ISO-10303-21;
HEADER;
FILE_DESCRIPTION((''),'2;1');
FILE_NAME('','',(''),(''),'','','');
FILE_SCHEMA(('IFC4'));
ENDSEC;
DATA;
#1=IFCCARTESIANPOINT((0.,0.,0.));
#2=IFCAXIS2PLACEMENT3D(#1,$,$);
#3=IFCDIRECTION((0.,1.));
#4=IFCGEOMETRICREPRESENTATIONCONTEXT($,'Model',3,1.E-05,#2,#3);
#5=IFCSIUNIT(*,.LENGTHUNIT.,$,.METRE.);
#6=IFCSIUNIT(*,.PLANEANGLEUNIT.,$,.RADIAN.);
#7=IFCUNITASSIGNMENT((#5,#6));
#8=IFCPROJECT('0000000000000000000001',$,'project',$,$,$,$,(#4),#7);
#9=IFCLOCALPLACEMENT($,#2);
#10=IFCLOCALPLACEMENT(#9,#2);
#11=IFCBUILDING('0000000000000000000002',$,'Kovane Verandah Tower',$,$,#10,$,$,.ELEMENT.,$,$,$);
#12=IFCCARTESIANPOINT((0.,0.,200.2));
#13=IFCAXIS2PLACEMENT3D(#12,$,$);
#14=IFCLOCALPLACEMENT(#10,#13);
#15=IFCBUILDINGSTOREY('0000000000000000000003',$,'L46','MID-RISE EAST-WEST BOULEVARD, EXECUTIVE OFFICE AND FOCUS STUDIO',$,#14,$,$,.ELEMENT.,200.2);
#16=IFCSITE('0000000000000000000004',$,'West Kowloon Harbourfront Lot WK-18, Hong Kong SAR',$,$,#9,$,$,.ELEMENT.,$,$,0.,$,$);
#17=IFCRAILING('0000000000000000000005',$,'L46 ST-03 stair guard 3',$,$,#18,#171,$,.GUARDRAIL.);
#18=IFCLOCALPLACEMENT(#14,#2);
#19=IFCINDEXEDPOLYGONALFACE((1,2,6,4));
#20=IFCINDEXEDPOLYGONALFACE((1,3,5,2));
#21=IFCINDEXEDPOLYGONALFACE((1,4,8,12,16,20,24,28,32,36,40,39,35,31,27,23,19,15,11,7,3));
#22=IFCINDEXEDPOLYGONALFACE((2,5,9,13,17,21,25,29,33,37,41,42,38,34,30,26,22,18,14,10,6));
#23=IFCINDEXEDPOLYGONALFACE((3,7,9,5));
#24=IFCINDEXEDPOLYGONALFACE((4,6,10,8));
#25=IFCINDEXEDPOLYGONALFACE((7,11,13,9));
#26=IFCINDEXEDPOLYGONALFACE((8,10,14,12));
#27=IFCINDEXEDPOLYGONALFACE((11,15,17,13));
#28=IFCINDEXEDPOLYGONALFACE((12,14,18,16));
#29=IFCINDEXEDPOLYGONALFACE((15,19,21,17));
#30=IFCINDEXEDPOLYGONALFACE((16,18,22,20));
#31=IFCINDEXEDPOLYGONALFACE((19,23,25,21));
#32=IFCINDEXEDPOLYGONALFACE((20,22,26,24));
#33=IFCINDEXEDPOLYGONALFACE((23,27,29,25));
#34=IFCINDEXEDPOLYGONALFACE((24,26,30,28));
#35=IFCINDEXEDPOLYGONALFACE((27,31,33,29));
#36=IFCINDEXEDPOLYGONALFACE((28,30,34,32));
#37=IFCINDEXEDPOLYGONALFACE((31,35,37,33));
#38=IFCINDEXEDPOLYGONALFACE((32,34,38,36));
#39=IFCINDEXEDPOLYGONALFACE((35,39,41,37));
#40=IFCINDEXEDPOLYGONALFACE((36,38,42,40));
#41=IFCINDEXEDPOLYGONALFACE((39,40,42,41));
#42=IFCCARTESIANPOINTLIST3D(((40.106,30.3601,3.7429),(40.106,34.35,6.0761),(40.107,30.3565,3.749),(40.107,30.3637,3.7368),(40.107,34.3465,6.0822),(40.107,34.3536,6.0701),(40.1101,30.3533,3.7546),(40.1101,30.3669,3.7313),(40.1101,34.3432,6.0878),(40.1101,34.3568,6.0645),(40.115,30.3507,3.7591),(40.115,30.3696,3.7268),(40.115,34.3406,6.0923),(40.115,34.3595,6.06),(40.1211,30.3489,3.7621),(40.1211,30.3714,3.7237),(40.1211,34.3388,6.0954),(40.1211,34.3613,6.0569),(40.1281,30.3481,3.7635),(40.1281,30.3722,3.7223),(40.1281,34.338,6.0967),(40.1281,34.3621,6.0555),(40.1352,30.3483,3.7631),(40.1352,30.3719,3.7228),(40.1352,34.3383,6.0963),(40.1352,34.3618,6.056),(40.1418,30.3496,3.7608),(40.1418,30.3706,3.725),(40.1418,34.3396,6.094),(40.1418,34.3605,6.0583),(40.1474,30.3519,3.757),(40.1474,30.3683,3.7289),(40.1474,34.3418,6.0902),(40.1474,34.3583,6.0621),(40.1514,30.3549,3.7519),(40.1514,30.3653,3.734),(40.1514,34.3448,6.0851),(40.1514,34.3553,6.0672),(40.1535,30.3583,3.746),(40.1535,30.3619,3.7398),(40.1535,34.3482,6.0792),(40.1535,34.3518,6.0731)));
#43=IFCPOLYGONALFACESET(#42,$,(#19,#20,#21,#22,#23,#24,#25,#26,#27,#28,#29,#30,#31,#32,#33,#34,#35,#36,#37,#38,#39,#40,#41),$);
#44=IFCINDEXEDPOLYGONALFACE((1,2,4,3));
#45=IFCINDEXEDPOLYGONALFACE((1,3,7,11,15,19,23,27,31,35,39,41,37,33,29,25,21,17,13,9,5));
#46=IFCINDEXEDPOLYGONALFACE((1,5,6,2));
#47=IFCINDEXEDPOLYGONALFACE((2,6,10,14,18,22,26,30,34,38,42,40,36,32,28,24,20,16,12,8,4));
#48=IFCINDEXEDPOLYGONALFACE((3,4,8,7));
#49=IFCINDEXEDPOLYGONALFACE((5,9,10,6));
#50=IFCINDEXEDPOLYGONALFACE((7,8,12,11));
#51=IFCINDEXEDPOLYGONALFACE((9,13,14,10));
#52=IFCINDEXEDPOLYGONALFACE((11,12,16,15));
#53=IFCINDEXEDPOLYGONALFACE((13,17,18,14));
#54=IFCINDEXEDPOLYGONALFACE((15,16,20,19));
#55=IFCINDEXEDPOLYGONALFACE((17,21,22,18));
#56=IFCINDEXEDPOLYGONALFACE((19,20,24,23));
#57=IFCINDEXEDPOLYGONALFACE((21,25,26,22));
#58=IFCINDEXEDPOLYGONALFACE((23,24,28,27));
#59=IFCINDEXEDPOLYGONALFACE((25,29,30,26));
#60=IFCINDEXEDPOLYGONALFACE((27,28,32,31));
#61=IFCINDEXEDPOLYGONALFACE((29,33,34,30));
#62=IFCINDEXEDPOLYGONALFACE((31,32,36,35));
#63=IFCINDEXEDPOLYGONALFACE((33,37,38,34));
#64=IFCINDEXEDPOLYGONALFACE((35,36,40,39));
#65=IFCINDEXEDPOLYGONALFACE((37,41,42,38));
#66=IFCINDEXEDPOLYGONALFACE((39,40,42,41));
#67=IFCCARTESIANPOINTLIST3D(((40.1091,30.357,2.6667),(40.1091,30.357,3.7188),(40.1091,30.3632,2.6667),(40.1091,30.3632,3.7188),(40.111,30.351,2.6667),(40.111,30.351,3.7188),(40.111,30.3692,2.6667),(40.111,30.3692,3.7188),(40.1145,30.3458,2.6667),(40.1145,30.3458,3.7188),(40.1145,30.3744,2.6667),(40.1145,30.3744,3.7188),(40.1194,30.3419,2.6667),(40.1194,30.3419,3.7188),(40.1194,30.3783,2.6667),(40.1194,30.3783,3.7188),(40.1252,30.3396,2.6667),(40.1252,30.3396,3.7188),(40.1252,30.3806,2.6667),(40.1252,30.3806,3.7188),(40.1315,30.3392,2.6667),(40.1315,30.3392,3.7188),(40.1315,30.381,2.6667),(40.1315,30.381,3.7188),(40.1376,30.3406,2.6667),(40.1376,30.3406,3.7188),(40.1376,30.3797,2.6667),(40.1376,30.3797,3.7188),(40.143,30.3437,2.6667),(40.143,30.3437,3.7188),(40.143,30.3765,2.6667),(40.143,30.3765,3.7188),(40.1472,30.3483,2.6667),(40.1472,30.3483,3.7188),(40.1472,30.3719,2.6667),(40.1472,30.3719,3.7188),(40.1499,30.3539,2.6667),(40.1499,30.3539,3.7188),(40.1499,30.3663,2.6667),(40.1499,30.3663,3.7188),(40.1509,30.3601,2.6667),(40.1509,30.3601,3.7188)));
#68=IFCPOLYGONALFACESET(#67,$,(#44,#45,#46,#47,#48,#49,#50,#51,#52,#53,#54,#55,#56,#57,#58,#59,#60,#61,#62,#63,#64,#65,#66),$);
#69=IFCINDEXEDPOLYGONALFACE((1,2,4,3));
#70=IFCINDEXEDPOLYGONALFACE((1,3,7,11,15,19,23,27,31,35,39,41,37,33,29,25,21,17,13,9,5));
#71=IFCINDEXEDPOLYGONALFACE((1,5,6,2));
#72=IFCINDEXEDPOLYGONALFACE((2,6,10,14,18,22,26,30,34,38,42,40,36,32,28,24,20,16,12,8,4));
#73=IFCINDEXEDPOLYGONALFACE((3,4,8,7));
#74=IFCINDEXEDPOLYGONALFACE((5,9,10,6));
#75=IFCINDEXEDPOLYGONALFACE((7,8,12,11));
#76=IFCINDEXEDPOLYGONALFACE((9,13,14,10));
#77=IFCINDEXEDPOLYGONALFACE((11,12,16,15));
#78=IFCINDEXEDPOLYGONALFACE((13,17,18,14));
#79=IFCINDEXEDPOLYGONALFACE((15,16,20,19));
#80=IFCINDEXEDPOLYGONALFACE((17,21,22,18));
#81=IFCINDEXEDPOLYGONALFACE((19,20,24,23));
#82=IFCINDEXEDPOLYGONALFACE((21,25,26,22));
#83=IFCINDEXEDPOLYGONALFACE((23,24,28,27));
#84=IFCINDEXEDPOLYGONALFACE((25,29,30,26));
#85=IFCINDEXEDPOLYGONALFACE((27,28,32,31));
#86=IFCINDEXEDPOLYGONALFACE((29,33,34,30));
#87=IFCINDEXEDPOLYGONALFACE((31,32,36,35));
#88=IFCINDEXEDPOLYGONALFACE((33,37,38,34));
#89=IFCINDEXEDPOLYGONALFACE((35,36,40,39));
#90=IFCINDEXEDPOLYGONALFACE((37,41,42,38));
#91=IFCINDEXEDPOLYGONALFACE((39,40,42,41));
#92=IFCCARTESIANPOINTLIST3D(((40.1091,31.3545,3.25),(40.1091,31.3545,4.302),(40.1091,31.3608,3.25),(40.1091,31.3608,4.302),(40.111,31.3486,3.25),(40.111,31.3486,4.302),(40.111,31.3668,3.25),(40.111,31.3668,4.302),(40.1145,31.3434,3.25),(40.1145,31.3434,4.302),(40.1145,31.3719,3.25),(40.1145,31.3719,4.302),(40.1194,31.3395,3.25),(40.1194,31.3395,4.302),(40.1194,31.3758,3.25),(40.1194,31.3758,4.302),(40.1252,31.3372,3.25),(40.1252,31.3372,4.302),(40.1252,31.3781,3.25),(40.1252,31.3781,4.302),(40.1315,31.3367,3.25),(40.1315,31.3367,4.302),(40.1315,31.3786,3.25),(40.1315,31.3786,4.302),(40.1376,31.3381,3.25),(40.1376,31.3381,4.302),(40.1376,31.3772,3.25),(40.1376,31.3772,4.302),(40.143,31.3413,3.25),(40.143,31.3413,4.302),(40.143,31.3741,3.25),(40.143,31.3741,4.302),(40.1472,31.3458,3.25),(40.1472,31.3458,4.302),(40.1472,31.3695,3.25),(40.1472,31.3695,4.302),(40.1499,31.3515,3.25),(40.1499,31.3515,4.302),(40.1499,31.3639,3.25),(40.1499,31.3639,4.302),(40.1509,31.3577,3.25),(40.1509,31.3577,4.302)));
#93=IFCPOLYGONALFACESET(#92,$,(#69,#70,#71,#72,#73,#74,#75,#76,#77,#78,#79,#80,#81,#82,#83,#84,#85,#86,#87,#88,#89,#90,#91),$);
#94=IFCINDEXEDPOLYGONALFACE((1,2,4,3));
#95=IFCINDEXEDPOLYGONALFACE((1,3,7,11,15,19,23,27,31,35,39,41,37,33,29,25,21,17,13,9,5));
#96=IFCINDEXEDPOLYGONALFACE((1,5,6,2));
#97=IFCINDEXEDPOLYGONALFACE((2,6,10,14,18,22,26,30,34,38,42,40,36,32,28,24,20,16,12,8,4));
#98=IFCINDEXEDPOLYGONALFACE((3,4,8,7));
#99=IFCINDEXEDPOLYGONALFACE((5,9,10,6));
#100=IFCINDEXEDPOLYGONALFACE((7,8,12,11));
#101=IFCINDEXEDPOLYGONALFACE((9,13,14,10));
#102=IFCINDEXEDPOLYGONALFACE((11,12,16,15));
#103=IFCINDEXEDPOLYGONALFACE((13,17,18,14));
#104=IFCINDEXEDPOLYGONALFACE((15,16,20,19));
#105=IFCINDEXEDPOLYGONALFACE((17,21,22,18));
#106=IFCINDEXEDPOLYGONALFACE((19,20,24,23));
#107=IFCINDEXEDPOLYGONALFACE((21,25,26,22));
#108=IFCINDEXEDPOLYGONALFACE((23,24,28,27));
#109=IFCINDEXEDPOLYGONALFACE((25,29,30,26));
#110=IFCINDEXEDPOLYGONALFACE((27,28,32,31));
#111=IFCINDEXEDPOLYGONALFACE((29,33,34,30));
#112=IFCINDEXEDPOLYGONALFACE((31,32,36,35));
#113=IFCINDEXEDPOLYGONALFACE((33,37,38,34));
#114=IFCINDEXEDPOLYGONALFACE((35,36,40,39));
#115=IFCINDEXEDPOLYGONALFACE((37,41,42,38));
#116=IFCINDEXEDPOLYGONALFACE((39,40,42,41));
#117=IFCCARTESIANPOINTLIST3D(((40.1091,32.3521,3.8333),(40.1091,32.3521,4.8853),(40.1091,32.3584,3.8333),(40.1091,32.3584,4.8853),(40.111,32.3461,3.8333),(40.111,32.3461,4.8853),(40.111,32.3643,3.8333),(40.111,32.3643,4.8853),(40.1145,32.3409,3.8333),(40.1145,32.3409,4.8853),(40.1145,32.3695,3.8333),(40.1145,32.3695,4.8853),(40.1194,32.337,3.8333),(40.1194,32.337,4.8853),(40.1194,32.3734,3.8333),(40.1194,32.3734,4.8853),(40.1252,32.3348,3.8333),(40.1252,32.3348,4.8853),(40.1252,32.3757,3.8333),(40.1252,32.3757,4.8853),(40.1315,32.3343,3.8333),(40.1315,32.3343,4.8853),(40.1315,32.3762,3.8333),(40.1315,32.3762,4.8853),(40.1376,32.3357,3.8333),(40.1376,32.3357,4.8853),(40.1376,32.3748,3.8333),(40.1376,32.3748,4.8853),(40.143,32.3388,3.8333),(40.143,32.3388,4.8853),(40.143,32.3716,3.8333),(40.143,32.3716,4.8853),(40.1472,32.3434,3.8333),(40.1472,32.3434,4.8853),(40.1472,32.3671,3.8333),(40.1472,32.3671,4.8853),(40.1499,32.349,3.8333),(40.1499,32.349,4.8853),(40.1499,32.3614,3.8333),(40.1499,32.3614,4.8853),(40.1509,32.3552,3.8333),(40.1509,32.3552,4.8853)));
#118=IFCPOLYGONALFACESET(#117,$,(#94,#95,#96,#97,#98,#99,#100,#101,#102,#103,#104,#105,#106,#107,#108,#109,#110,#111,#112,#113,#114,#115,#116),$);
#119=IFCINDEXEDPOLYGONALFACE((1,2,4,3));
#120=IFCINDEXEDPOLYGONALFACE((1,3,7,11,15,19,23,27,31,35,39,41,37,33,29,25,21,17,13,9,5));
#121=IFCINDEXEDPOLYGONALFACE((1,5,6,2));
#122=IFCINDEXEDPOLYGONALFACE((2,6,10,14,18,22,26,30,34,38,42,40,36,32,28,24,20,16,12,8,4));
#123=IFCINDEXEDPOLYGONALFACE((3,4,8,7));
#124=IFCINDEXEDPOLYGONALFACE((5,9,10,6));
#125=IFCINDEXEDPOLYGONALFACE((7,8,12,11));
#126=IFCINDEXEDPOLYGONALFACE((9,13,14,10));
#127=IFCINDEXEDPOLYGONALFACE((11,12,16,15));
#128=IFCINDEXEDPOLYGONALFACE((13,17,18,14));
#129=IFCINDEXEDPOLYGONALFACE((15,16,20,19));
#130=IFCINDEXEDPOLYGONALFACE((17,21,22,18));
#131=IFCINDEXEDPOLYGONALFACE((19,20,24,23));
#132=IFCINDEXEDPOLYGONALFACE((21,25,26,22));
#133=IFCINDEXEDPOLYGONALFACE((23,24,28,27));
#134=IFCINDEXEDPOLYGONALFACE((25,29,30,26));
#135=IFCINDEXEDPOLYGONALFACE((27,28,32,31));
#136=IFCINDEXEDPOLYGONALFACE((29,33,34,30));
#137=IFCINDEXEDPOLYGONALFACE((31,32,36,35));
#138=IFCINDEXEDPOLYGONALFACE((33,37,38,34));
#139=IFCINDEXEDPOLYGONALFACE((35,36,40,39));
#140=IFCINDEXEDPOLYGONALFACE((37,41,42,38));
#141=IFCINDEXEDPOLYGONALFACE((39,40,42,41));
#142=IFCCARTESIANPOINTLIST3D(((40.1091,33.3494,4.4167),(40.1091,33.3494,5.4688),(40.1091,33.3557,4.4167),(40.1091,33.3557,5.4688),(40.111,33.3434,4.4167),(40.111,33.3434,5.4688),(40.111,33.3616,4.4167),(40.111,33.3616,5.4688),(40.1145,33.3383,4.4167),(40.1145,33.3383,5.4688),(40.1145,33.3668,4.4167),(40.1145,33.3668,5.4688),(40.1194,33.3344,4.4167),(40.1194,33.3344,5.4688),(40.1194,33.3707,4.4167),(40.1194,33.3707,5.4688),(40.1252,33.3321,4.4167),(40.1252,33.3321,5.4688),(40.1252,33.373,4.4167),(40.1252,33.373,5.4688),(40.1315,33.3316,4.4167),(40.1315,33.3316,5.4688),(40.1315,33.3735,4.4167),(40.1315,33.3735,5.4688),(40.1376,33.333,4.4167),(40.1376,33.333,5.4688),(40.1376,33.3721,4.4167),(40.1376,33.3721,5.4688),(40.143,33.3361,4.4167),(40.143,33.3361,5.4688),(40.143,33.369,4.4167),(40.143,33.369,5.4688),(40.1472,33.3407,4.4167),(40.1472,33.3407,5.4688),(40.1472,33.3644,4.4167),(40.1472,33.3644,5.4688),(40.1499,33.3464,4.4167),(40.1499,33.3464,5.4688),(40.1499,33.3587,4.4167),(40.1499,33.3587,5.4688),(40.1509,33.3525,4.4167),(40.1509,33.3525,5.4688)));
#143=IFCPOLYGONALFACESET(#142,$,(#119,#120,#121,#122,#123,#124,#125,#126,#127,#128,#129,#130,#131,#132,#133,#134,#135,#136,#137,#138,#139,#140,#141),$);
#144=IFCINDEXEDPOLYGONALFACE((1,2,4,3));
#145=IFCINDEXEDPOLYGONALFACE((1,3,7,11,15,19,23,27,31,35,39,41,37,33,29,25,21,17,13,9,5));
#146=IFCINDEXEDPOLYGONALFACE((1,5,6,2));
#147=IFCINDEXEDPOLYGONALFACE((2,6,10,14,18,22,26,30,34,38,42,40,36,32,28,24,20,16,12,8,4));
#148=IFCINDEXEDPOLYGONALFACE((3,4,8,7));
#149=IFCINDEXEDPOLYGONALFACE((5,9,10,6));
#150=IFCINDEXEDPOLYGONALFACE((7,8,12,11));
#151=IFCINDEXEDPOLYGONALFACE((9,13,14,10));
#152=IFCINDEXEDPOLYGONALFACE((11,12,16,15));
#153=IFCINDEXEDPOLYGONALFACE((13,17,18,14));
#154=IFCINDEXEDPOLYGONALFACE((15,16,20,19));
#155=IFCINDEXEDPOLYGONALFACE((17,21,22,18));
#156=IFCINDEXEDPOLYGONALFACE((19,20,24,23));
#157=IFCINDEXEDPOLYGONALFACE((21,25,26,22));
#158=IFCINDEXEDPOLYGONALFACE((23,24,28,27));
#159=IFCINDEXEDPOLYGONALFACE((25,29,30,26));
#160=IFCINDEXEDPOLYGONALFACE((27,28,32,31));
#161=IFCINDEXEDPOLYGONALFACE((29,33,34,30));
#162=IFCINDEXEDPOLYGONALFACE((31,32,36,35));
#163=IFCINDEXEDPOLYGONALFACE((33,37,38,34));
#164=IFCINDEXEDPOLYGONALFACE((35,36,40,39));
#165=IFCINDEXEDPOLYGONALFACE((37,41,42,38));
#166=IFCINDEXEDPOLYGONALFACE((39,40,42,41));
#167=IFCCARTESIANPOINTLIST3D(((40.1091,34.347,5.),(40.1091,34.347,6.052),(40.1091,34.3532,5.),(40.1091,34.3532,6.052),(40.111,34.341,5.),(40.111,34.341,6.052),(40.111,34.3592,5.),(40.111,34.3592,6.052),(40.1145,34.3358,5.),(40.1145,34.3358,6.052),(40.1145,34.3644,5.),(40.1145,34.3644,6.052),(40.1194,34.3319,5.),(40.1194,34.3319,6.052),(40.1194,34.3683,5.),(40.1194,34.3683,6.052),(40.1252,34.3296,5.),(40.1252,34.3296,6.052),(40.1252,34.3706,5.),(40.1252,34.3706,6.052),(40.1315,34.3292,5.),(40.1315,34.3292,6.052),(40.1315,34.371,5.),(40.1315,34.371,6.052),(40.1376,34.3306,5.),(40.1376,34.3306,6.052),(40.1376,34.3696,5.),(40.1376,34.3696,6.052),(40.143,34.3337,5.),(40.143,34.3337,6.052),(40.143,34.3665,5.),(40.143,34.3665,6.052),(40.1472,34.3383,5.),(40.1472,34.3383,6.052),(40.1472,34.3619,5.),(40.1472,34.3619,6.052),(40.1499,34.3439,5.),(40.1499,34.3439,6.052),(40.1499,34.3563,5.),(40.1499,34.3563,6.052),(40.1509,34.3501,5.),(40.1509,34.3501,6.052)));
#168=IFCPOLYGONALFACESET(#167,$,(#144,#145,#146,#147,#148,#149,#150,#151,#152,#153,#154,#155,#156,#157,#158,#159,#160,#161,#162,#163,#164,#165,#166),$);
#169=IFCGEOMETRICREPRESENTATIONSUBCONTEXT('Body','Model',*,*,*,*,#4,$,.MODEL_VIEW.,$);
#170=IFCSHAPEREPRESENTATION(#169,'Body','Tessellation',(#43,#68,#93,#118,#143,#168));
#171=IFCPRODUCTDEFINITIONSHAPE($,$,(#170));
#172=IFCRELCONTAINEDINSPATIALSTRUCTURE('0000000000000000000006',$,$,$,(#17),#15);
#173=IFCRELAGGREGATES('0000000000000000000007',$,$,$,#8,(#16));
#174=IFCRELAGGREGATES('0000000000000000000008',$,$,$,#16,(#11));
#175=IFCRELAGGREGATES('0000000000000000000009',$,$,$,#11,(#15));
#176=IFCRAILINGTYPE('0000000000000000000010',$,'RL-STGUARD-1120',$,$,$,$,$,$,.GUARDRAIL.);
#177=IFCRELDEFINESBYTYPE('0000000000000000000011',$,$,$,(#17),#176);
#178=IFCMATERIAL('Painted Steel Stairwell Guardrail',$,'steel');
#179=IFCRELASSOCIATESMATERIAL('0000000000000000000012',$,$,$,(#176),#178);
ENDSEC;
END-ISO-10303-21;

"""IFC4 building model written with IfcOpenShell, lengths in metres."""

from ifc_helpers import new_model, si_unit, direction, frame, origin, origin_2d, place, context, subcontext, project, spatial, circle, extrude, material, type_object, element, save


model = new_model("IFC4")

# Units and contexts
model_context = context("Model", 3, precision=1e-05, world=origin(), true_north=direction((0.0, 1.0)))
body_context = subcontext(model_context, "Body", "Model", "MODEL_VIEW")
ifc_project = project(units=[si_unit("LENGTHUNIT", "METRE"), si_unit("PLANEANGLEUNIT", "RADIAN")], contexts=[model_context])

# Site, building, storey
site_placement = place(None, origin())
site = spatial("IfcSite", under=ifc_project, at=site_placement, Name="West Kowloon Harbourfront Lot WK-18, Hong Kong SAR", CompositionType="ELEMENT", RefElevation=0.0)
building_placement = place(site_placement, origin())
building = spatial("IfcBuilding", under=site, at=building_placement, Name="Kovane Verandah Tower", CompositionType="ELEMENT")
storey_placement = place(building_placement, frame((0.0, 0.0, 200.2)))
storey = spatial("IfcBuildingStorey", under=building, at=storey_placement, Name="L46", Description="MID-RISE EAST-WEST BOULEVARD, EXECUTIVE OFFICE AND FOCUS STUDIO", CompositionType="ELEMENT", Elevation=200.2)

# Railing
ifc_material_1 = material(Name="Painted Steel Stairwell Guardrail", Category="steel")
railing_type_1 = type_object("IfcRailingType", Name="RL-STGUARD-1120", PredefinedType="GUARDRAIL", material=ifc_material_1)
railing_1_placement = place(storey_placement, frame((40.1299, 30.3601, 2.6667)))
element("IfcRailing", 1, at=railing_1_placement, inside=storey, type_object=railing_type_1, Name="L46 ST-03 stair guard 3", PredefinedType="GUARDRAIL", context=body_context, shape_type="SweptSolid", body=[
    extrude(circle(Radius=0.0239, at=origin_2d()), frame((0.0, 0.0, 1.0762), z_axis=(0.0, 0.863236, 0.5048), x_axis=(-1.0, 0.0, 0.0)), (0.0, 0.0, 1.0), 4.6221),
    extrude(circle(Radius=0.021, at=origin_2d()), origin(), (0.0, 0.0, 1.0), 1.052),
    extrude(circle(Radius=0.021, at=origin_2d()), frame((0.0, 0.9976, 0.5833)), (0.0, 0.0, 1.0), 1.052),
    extrude(circle(Radius=0.021, at=origin_2d()), frame((0.0, 1.9951, 1.1665)), (0.0, 0.0, 1.0), 1.052),
    extrude(circle(Radius=0.021, at=origin_2d()), frame((0.0, 2.9924, 1.75)), (0.0, 0.0, 1.0), 1.052),
    extrude(circle(Radius=0.021, at=origin_2d()), frame((0.0, 3.99, 2.3333)), (0.0, 0.0, 1.0), 1.052),
])

save(model, "model.ifc")
